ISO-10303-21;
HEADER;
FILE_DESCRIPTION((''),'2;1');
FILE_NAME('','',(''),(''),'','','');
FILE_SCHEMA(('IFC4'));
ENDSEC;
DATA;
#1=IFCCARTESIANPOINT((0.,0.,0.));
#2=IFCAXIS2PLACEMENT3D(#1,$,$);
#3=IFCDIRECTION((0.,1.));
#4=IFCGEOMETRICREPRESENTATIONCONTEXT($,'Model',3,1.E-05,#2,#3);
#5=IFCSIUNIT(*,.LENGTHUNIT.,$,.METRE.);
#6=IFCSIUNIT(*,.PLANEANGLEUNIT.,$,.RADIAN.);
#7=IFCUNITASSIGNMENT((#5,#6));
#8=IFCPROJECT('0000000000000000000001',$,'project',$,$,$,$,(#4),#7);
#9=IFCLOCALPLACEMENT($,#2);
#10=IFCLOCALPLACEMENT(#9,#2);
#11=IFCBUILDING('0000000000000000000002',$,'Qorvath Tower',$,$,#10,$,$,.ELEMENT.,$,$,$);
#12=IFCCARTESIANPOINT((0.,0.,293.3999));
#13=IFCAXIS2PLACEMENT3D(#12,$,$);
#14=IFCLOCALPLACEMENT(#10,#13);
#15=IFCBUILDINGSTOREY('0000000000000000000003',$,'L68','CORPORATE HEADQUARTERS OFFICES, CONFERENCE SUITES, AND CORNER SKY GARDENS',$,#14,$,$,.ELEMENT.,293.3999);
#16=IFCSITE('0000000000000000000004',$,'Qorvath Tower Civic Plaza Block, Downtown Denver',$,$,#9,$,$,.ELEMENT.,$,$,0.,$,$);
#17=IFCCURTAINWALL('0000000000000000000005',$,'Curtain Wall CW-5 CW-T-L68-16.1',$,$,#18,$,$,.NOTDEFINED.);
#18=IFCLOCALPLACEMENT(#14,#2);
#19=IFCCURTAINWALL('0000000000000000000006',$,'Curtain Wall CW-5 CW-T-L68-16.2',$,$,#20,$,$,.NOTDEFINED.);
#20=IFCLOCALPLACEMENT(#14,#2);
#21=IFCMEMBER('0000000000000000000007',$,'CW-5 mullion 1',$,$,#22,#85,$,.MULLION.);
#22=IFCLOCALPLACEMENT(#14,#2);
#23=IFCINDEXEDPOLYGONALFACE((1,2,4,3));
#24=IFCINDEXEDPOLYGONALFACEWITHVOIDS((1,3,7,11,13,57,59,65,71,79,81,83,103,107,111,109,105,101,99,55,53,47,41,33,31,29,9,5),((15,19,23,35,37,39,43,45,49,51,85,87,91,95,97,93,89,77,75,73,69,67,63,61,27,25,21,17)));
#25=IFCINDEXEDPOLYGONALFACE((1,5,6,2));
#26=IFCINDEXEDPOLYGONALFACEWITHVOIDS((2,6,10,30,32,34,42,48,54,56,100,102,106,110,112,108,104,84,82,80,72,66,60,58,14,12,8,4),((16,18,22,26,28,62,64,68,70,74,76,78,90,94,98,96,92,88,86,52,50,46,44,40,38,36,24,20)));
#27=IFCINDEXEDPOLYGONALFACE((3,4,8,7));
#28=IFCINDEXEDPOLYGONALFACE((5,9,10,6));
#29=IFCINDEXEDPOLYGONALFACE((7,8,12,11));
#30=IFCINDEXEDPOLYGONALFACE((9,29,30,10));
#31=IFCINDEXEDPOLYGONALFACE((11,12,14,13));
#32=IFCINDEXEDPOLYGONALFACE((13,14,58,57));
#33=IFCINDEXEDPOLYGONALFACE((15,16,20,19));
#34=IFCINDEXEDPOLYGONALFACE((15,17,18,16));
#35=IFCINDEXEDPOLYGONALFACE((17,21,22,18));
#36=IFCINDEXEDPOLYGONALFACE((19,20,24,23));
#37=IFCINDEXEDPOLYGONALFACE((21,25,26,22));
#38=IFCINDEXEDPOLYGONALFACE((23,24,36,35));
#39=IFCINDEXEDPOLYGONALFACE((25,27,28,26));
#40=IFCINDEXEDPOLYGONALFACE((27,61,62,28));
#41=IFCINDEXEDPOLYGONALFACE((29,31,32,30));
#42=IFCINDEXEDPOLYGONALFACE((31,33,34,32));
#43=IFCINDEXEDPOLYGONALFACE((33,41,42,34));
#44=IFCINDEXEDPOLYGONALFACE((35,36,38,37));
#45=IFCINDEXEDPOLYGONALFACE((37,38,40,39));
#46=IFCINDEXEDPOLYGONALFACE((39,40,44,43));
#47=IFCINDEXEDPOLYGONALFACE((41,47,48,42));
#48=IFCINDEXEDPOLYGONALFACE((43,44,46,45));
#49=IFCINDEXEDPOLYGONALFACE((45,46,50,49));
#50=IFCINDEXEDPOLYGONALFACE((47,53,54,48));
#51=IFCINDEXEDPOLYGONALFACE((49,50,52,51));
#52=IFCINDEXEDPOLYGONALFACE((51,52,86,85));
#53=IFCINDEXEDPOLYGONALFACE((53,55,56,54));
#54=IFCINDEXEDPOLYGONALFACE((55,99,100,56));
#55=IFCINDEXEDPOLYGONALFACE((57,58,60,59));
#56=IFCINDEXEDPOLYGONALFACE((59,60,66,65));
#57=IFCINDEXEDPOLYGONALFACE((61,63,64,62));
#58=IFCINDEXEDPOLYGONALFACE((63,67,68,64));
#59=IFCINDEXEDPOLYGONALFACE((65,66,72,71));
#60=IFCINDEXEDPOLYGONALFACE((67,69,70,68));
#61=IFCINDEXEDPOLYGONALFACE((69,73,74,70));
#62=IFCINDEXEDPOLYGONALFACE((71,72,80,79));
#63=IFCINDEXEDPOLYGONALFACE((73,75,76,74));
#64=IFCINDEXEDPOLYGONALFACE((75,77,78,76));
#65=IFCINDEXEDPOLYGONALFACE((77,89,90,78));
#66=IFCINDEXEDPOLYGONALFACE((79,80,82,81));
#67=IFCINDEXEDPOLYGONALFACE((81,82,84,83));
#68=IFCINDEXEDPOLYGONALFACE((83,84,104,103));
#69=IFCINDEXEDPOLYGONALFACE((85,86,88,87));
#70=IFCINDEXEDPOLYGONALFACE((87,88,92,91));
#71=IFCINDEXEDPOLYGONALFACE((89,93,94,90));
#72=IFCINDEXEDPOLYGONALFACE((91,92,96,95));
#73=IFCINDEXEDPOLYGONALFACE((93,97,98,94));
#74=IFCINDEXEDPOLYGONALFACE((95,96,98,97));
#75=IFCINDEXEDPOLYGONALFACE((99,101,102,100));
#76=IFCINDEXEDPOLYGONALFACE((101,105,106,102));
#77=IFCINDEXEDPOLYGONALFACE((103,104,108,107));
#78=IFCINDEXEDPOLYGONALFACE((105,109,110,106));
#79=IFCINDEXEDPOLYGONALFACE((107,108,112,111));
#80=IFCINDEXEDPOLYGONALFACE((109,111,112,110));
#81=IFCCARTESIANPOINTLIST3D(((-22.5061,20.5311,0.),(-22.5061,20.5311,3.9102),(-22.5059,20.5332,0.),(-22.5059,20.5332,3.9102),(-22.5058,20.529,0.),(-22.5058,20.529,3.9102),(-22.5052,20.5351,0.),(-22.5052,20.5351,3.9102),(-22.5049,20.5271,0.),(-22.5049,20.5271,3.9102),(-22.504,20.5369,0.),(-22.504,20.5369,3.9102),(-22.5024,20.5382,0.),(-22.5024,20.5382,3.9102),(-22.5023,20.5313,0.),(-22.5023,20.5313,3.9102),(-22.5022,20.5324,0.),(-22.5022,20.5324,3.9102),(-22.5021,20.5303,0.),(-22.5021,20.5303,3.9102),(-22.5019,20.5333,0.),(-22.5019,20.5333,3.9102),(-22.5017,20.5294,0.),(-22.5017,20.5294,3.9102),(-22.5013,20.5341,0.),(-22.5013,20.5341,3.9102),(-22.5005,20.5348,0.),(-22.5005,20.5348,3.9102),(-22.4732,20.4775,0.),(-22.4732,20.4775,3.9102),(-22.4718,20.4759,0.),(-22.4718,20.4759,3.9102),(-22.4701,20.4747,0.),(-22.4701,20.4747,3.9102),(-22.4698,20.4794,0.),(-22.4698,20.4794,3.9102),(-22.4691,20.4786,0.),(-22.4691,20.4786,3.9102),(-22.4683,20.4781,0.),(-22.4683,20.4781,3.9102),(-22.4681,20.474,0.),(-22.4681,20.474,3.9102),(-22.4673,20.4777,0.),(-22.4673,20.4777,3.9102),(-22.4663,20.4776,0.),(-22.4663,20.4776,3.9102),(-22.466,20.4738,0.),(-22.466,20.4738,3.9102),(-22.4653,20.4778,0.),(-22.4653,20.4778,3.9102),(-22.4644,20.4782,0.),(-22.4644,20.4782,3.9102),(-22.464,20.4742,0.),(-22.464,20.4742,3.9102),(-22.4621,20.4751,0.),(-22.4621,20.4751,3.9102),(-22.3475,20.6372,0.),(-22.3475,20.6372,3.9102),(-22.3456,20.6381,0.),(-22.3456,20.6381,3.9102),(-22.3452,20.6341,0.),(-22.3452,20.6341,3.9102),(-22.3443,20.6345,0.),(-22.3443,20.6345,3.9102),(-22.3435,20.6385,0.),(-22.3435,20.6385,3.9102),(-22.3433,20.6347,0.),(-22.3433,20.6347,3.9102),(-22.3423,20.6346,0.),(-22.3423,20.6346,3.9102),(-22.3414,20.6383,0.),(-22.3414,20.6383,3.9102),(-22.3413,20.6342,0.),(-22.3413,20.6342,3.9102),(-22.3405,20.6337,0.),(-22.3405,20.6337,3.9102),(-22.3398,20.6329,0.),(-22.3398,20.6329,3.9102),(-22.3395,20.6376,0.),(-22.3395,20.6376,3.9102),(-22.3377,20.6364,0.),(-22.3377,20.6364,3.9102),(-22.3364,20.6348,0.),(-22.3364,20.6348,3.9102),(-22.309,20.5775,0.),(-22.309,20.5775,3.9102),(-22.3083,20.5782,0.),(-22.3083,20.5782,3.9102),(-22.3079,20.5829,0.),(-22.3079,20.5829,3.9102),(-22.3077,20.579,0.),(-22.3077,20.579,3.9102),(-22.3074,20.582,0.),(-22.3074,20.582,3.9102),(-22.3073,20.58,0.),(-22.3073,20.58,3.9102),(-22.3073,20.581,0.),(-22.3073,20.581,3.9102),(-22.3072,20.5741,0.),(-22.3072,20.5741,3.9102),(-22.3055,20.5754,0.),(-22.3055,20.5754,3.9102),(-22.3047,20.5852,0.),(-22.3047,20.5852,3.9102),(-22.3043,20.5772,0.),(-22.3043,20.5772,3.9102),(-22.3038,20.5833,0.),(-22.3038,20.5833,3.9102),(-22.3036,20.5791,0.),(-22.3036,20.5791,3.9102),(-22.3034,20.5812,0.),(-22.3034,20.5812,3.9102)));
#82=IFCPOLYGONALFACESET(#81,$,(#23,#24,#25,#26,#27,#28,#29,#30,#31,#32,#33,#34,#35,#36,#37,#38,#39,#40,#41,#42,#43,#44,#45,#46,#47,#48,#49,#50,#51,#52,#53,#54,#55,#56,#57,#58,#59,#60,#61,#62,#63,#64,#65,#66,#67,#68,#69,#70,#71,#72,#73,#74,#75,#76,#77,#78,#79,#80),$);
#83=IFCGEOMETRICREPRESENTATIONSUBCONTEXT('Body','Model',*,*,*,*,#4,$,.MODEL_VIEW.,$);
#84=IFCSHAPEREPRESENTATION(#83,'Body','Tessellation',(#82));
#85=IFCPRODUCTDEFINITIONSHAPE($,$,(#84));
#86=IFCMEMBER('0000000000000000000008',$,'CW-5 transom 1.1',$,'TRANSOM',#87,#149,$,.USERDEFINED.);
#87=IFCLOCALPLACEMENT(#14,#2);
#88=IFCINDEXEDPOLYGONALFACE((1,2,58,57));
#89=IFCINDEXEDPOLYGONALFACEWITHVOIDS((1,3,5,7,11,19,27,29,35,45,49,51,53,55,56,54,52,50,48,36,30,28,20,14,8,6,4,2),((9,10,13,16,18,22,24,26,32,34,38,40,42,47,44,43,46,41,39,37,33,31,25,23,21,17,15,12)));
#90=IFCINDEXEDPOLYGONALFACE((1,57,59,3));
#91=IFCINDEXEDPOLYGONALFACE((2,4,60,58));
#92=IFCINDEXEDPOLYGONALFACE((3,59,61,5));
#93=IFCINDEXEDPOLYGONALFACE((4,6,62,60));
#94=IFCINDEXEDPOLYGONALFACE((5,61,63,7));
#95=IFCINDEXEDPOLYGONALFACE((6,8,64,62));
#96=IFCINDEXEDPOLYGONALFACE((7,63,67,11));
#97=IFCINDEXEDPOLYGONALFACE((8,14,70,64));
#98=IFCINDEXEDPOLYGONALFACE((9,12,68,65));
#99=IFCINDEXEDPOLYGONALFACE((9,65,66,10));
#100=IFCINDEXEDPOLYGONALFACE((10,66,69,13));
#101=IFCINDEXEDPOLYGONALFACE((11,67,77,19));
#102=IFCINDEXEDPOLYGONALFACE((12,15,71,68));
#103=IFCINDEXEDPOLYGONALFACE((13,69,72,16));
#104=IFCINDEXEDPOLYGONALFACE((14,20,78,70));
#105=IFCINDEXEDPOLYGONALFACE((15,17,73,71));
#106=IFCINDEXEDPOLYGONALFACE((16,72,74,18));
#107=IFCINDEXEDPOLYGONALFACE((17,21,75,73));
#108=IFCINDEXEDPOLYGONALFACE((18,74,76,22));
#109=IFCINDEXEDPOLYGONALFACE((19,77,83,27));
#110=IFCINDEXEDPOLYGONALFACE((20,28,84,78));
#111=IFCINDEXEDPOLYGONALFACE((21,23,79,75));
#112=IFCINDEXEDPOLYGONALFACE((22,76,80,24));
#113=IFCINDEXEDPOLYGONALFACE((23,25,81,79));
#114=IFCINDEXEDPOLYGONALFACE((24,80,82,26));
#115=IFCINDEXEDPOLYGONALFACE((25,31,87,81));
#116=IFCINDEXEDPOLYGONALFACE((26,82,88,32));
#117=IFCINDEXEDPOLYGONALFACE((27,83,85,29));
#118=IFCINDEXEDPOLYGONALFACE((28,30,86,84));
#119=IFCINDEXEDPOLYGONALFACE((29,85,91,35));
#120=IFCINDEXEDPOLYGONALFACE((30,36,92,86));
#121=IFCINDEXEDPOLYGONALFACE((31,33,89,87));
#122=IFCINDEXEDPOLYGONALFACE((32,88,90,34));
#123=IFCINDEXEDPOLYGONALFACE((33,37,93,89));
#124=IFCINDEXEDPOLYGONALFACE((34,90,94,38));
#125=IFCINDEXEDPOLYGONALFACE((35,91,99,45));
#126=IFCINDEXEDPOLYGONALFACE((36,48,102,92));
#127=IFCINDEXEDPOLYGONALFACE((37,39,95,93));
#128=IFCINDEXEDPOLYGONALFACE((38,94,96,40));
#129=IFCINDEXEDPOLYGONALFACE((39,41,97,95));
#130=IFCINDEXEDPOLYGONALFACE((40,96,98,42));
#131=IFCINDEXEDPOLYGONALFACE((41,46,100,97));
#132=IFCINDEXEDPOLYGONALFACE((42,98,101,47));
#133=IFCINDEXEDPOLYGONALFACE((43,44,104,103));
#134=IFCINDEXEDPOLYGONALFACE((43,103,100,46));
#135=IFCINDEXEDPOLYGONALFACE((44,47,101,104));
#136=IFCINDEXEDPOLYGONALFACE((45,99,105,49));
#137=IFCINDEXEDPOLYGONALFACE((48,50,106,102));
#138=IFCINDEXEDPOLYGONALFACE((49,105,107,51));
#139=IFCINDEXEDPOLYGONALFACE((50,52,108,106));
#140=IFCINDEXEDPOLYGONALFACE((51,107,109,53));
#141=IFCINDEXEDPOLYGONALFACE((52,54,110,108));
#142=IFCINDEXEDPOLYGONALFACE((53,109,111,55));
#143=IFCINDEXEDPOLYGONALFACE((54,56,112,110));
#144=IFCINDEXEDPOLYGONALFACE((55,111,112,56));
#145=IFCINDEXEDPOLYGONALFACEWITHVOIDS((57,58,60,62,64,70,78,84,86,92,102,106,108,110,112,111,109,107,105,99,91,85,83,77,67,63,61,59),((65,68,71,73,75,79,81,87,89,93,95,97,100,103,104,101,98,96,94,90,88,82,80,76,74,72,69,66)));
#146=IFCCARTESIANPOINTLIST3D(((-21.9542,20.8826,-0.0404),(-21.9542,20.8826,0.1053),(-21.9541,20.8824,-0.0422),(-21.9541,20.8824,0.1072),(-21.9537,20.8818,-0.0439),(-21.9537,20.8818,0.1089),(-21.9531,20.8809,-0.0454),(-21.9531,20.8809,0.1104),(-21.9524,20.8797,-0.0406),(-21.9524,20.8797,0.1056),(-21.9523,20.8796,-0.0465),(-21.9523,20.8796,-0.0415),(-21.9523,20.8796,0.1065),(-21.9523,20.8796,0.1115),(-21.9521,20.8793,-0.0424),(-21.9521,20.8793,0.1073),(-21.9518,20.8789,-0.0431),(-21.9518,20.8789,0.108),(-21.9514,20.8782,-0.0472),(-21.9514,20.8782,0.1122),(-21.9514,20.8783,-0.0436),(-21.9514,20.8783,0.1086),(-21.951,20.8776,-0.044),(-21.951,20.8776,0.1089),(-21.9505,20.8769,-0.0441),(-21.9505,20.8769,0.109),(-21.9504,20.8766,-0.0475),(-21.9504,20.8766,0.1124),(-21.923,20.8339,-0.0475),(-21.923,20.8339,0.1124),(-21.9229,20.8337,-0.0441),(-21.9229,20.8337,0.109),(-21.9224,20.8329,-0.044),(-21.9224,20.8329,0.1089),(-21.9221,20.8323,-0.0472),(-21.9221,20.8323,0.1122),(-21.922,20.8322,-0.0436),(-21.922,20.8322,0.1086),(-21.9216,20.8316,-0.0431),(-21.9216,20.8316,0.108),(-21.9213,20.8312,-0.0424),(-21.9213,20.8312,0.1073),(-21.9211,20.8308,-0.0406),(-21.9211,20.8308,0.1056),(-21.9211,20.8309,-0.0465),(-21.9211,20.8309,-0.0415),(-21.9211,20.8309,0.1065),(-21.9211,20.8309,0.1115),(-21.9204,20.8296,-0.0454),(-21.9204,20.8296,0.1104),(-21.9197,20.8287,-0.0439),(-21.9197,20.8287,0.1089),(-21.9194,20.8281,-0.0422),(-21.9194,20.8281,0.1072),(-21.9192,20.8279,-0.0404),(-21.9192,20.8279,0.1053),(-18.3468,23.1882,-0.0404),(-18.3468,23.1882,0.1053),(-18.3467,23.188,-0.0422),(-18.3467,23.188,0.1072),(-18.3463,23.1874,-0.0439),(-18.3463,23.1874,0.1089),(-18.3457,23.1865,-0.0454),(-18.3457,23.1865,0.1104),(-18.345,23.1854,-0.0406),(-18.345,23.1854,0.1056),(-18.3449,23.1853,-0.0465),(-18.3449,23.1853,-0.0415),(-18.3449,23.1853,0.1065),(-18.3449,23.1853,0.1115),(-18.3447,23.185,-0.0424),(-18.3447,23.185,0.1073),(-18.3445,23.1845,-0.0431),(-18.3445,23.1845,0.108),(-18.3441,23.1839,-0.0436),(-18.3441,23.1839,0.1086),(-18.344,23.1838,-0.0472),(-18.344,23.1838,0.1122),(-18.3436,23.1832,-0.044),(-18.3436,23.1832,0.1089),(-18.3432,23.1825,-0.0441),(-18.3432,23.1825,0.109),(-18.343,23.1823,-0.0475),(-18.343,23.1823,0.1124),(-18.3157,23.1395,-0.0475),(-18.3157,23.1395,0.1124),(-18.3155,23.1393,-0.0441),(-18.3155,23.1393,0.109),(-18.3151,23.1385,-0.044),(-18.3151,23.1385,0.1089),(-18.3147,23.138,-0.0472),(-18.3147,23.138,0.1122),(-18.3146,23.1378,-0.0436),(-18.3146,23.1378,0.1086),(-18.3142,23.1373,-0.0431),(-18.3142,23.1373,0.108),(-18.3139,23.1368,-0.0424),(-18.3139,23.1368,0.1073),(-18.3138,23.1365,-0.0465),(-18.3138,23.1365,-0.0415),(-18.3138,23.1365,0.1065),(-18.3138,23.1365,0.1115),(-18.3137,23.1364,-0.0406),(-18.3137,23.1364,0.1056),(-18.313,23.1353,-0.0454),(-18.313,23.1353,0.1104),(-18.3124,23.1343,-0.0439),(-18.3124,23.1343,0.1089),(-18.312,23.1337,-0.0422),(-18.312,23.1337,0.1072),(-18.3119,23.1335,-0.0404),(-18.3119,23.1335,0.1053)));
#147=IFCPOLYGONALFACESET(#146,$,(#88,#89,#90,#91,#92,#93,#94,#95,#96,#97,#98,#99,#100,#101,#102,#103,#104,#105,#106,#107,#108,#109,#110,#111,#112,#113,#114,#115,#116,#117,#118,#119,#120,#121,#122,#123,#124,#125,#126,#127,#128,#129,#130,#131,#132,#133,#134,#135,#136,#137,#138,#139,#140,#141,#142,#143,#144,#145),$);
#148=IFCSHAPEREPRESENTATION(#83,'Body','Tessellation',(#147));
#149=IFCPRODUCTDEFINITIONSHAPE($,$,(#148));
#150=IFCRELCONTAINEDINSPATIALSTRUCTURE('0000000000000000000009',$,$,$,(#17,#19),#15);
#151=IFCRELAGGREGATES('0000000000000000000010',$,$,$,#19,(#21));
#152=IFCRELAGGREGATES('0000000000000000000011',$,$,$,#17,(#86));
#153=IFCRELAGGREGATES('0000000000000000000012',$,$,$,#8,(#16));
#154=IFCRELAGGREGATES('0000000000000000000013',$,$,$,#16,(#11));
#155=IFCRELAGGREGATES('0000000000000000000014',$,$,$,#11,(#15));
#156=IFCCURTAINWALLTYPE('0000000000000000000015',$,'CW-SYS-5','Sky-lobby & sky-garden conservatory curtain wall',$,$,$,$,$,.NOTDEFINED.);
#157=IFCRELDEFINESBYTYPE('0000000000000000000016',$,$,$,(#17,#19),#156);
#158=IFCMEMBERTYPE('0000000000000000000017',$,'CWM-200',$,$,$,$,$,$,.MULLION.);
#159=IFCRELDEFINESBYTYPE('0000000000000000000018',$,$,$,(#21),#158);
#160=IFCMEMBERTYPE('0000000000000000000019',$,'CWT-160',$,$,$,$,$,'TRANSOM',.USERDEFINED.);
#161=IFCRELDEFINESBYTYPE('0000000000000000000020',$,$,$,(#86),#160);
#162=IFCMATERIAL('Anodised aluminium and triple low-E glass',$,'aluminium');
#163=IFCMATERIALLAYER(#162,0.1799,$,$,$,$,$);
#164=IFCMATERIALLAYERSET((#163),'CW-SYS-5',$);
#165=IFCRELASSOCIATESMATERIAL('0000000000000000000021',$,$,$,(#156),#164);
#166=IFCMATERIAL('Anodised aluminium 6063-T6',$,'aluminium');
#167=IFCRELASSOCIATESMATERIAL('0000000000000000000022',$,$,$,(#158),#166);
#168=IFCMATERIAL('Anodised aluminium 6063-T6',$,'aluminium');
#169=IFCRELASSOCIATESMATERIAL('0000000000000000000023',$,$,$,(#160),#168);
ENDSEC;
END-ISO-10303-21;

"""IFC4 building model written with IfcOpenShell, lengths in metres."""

from ifc_helpers import new_model, si_unit, direction, frame, origin, origin_2d, place, context, subcontext, project, spatial, hollow_rectangle, extrude, material, layer, layer_set, material_profile, profile_set, type_object, element, aggregate, save


model = new_model("IFC4")

# Units and contexts
model_context = context("Model", 3, precision=1e-05, world=origin(), true_north=direction((0.0, 1.0)))
body_context = subcontext(model_context, "Body", "Model", "MODEL_VIEW")
ifc_project = project(units=[si_unit("LENGTHUNIT", "METRE"), si_unit("PLANEANGLEUNIT", "RADIAN")], contexts=[model_context])

# Site, building, storey
site_placement = place(None, origin())
site = spatial("IfcSite", under=ifc_project, at=site_placement, Name="Qorvath Tower Civic Plaza Block, Downtown Denver", CompositionType="ELEMENT", RefElevation=0.0)
building_placement = place(site_placement, origin())
building = spatial("IfcBuilding", under=site, at=building_placement, Name="Qorvath Tower", CompositionType="ELEMENT")
storey_placement = place(building_placement, frame((0.0, 0.0, 293.3999)))
storey = spatial("IfcBuildingStorey", under=building, at=storey_placement, Name="L68", Description="CORPORATE HEADQUARTERS OFFICES, CONFERENCE SUITES, AND CORNER SKY GARDENS", CompositionType="ELEMENT", Elevation=293.3999)

# Shared definitions
ifc_material_1 = material(Name="Anodised aluminium and triple low-E glass", Category="aluminium")
ifc_layer_1 = layer(ifc_material_1, 0.1799)
ifc_layer_set_1 = layer_set([ifc_layer_1], Name="CW-SYS-5")
curtain_wall_type = type_object("IfcCurtainWallType", Name="CW-SYS-5", Description="Sky-lobby & sky-garden conservatory curtain wall", PredefinedType="NOTDEFINED", material=ifc_layer_set_1)
ifc_material_2 = material(Name="Anodised aluminium 6063-T6", Category="aluminium")
ifc_material_profile_1 = material_profile(ifc_material_2, hollow_rectangle(XDim=0.075, YDim=0.2, WallThickness=0.0039, InnerFilletRadius=0.0039, OuterFilletRadius=0.0081, at=origin_2d()), Name="CWM 200x75")
ifc_profile_set_1 = profile_set([ifc_material_profile_1], Name="Anodised aluminium 6063-T6")
member_type_1 = type_object("IfcMemberType", Name="CWM-200", PredefinedType="MULLION", material=ifc_profile_set_1)

# Curtain wall
curtain_wall_1_placement = place(storey_placement, origin())
curtain_wall_1 = element("IfcCurtainWall", 1, at=curtain_wall_1_placement, inside=storey, type_object=curtain_wall_type, Name="Curtain Wall CW-5 CW-T-L68-16.1", PredefinedType="NOTDEFINED")

# Curtain wall, member
curtain_wall_2_placement = place(storey_placement, origin())
curtain_wall_2 = element("IfcCurtainWall", 2, at=curtain_wall_2_placement, inside=storey, type_object=curtain_wall_type, Name="Curtain Wall CW-5 CW-T-L68-16.2", PredefinedType="NOTDEFINED")
member_1_placement = place(storey_placement, frame((-22.4048, 20.5562, 0.0), z_axis=(0.0, 0.0, 1.0), x_axis=(0.538534, -0.842604, 0.0)))
member_1 = element("IfcMember", 3, at=member_1_placement, type_object=member_type_1, Name="CW-5 mullion 1", PredefinedType="MULLION", context=body_context, shape_type="SweptSolid", body=[
    extrude(hollow_rectangle(XDim=0.075, YDim=0.2, WallThickness=0.0039, InnerFilletRadius=0.0039, OuterFilletRadius=0.0081, at=origin_2d()), origin(), (0.0, 0.0, 1.0), 3.9102),
])

# Member
ifc_material_3 = material(Name="Anodised aluminium 6063-T6", Category="aluminium")
ifc_material_profile_2 = material_profile(ifc_material_3, hollow_rectangle(XDim=0.0649, YDim=0.1599, WallThickness=0.0034, InnerFilletRadius=0.0034, OuterFilletRadius=0.0071, at=origin_2d()), Name="CWT 160x65")
ifc_profile_set_2 = profile_set([ifc_material_profile_2], Name="Anodised aluminium 6063-T6")
member_type_2 = type_object("IfcMemberType", Name="CWT-160", ElementType="TRANSOM", PredefinedType="USERDEFINED", material=ifc_profile_set_2)
member_2_placement = place(storey_placement, frame((-18.3293, 23.1609, 0.0325), z_axis=(-0.842599, -0.538542, 0.0), x_axis=(0.538542, -0.842599, 0.0)))
member_2 = element("IfcMember", 4, at=member_2_placement, type_object=member_type_2, Name="CW-5 transom 1.1", ObjectType="TRANSOM", PredefinedType="USERDEFINED", context=body_context, shape_type="SweptSolid", body=[
    extrude(hollow_rectangle(XDim=0.0649, YDim=0.1599, WallThickness=0.0034, InnerFilletRadius=0.0034, OuterFilletRadius=0.0071, at=origin_2d()), origin(), (0.0, 0.0, 1.0), 4.2812),
])
aggregate(curtain_wall_2, [member_1])

aggregate(curtain_wall_1, [member_2])

save(model, "model.ifc")
